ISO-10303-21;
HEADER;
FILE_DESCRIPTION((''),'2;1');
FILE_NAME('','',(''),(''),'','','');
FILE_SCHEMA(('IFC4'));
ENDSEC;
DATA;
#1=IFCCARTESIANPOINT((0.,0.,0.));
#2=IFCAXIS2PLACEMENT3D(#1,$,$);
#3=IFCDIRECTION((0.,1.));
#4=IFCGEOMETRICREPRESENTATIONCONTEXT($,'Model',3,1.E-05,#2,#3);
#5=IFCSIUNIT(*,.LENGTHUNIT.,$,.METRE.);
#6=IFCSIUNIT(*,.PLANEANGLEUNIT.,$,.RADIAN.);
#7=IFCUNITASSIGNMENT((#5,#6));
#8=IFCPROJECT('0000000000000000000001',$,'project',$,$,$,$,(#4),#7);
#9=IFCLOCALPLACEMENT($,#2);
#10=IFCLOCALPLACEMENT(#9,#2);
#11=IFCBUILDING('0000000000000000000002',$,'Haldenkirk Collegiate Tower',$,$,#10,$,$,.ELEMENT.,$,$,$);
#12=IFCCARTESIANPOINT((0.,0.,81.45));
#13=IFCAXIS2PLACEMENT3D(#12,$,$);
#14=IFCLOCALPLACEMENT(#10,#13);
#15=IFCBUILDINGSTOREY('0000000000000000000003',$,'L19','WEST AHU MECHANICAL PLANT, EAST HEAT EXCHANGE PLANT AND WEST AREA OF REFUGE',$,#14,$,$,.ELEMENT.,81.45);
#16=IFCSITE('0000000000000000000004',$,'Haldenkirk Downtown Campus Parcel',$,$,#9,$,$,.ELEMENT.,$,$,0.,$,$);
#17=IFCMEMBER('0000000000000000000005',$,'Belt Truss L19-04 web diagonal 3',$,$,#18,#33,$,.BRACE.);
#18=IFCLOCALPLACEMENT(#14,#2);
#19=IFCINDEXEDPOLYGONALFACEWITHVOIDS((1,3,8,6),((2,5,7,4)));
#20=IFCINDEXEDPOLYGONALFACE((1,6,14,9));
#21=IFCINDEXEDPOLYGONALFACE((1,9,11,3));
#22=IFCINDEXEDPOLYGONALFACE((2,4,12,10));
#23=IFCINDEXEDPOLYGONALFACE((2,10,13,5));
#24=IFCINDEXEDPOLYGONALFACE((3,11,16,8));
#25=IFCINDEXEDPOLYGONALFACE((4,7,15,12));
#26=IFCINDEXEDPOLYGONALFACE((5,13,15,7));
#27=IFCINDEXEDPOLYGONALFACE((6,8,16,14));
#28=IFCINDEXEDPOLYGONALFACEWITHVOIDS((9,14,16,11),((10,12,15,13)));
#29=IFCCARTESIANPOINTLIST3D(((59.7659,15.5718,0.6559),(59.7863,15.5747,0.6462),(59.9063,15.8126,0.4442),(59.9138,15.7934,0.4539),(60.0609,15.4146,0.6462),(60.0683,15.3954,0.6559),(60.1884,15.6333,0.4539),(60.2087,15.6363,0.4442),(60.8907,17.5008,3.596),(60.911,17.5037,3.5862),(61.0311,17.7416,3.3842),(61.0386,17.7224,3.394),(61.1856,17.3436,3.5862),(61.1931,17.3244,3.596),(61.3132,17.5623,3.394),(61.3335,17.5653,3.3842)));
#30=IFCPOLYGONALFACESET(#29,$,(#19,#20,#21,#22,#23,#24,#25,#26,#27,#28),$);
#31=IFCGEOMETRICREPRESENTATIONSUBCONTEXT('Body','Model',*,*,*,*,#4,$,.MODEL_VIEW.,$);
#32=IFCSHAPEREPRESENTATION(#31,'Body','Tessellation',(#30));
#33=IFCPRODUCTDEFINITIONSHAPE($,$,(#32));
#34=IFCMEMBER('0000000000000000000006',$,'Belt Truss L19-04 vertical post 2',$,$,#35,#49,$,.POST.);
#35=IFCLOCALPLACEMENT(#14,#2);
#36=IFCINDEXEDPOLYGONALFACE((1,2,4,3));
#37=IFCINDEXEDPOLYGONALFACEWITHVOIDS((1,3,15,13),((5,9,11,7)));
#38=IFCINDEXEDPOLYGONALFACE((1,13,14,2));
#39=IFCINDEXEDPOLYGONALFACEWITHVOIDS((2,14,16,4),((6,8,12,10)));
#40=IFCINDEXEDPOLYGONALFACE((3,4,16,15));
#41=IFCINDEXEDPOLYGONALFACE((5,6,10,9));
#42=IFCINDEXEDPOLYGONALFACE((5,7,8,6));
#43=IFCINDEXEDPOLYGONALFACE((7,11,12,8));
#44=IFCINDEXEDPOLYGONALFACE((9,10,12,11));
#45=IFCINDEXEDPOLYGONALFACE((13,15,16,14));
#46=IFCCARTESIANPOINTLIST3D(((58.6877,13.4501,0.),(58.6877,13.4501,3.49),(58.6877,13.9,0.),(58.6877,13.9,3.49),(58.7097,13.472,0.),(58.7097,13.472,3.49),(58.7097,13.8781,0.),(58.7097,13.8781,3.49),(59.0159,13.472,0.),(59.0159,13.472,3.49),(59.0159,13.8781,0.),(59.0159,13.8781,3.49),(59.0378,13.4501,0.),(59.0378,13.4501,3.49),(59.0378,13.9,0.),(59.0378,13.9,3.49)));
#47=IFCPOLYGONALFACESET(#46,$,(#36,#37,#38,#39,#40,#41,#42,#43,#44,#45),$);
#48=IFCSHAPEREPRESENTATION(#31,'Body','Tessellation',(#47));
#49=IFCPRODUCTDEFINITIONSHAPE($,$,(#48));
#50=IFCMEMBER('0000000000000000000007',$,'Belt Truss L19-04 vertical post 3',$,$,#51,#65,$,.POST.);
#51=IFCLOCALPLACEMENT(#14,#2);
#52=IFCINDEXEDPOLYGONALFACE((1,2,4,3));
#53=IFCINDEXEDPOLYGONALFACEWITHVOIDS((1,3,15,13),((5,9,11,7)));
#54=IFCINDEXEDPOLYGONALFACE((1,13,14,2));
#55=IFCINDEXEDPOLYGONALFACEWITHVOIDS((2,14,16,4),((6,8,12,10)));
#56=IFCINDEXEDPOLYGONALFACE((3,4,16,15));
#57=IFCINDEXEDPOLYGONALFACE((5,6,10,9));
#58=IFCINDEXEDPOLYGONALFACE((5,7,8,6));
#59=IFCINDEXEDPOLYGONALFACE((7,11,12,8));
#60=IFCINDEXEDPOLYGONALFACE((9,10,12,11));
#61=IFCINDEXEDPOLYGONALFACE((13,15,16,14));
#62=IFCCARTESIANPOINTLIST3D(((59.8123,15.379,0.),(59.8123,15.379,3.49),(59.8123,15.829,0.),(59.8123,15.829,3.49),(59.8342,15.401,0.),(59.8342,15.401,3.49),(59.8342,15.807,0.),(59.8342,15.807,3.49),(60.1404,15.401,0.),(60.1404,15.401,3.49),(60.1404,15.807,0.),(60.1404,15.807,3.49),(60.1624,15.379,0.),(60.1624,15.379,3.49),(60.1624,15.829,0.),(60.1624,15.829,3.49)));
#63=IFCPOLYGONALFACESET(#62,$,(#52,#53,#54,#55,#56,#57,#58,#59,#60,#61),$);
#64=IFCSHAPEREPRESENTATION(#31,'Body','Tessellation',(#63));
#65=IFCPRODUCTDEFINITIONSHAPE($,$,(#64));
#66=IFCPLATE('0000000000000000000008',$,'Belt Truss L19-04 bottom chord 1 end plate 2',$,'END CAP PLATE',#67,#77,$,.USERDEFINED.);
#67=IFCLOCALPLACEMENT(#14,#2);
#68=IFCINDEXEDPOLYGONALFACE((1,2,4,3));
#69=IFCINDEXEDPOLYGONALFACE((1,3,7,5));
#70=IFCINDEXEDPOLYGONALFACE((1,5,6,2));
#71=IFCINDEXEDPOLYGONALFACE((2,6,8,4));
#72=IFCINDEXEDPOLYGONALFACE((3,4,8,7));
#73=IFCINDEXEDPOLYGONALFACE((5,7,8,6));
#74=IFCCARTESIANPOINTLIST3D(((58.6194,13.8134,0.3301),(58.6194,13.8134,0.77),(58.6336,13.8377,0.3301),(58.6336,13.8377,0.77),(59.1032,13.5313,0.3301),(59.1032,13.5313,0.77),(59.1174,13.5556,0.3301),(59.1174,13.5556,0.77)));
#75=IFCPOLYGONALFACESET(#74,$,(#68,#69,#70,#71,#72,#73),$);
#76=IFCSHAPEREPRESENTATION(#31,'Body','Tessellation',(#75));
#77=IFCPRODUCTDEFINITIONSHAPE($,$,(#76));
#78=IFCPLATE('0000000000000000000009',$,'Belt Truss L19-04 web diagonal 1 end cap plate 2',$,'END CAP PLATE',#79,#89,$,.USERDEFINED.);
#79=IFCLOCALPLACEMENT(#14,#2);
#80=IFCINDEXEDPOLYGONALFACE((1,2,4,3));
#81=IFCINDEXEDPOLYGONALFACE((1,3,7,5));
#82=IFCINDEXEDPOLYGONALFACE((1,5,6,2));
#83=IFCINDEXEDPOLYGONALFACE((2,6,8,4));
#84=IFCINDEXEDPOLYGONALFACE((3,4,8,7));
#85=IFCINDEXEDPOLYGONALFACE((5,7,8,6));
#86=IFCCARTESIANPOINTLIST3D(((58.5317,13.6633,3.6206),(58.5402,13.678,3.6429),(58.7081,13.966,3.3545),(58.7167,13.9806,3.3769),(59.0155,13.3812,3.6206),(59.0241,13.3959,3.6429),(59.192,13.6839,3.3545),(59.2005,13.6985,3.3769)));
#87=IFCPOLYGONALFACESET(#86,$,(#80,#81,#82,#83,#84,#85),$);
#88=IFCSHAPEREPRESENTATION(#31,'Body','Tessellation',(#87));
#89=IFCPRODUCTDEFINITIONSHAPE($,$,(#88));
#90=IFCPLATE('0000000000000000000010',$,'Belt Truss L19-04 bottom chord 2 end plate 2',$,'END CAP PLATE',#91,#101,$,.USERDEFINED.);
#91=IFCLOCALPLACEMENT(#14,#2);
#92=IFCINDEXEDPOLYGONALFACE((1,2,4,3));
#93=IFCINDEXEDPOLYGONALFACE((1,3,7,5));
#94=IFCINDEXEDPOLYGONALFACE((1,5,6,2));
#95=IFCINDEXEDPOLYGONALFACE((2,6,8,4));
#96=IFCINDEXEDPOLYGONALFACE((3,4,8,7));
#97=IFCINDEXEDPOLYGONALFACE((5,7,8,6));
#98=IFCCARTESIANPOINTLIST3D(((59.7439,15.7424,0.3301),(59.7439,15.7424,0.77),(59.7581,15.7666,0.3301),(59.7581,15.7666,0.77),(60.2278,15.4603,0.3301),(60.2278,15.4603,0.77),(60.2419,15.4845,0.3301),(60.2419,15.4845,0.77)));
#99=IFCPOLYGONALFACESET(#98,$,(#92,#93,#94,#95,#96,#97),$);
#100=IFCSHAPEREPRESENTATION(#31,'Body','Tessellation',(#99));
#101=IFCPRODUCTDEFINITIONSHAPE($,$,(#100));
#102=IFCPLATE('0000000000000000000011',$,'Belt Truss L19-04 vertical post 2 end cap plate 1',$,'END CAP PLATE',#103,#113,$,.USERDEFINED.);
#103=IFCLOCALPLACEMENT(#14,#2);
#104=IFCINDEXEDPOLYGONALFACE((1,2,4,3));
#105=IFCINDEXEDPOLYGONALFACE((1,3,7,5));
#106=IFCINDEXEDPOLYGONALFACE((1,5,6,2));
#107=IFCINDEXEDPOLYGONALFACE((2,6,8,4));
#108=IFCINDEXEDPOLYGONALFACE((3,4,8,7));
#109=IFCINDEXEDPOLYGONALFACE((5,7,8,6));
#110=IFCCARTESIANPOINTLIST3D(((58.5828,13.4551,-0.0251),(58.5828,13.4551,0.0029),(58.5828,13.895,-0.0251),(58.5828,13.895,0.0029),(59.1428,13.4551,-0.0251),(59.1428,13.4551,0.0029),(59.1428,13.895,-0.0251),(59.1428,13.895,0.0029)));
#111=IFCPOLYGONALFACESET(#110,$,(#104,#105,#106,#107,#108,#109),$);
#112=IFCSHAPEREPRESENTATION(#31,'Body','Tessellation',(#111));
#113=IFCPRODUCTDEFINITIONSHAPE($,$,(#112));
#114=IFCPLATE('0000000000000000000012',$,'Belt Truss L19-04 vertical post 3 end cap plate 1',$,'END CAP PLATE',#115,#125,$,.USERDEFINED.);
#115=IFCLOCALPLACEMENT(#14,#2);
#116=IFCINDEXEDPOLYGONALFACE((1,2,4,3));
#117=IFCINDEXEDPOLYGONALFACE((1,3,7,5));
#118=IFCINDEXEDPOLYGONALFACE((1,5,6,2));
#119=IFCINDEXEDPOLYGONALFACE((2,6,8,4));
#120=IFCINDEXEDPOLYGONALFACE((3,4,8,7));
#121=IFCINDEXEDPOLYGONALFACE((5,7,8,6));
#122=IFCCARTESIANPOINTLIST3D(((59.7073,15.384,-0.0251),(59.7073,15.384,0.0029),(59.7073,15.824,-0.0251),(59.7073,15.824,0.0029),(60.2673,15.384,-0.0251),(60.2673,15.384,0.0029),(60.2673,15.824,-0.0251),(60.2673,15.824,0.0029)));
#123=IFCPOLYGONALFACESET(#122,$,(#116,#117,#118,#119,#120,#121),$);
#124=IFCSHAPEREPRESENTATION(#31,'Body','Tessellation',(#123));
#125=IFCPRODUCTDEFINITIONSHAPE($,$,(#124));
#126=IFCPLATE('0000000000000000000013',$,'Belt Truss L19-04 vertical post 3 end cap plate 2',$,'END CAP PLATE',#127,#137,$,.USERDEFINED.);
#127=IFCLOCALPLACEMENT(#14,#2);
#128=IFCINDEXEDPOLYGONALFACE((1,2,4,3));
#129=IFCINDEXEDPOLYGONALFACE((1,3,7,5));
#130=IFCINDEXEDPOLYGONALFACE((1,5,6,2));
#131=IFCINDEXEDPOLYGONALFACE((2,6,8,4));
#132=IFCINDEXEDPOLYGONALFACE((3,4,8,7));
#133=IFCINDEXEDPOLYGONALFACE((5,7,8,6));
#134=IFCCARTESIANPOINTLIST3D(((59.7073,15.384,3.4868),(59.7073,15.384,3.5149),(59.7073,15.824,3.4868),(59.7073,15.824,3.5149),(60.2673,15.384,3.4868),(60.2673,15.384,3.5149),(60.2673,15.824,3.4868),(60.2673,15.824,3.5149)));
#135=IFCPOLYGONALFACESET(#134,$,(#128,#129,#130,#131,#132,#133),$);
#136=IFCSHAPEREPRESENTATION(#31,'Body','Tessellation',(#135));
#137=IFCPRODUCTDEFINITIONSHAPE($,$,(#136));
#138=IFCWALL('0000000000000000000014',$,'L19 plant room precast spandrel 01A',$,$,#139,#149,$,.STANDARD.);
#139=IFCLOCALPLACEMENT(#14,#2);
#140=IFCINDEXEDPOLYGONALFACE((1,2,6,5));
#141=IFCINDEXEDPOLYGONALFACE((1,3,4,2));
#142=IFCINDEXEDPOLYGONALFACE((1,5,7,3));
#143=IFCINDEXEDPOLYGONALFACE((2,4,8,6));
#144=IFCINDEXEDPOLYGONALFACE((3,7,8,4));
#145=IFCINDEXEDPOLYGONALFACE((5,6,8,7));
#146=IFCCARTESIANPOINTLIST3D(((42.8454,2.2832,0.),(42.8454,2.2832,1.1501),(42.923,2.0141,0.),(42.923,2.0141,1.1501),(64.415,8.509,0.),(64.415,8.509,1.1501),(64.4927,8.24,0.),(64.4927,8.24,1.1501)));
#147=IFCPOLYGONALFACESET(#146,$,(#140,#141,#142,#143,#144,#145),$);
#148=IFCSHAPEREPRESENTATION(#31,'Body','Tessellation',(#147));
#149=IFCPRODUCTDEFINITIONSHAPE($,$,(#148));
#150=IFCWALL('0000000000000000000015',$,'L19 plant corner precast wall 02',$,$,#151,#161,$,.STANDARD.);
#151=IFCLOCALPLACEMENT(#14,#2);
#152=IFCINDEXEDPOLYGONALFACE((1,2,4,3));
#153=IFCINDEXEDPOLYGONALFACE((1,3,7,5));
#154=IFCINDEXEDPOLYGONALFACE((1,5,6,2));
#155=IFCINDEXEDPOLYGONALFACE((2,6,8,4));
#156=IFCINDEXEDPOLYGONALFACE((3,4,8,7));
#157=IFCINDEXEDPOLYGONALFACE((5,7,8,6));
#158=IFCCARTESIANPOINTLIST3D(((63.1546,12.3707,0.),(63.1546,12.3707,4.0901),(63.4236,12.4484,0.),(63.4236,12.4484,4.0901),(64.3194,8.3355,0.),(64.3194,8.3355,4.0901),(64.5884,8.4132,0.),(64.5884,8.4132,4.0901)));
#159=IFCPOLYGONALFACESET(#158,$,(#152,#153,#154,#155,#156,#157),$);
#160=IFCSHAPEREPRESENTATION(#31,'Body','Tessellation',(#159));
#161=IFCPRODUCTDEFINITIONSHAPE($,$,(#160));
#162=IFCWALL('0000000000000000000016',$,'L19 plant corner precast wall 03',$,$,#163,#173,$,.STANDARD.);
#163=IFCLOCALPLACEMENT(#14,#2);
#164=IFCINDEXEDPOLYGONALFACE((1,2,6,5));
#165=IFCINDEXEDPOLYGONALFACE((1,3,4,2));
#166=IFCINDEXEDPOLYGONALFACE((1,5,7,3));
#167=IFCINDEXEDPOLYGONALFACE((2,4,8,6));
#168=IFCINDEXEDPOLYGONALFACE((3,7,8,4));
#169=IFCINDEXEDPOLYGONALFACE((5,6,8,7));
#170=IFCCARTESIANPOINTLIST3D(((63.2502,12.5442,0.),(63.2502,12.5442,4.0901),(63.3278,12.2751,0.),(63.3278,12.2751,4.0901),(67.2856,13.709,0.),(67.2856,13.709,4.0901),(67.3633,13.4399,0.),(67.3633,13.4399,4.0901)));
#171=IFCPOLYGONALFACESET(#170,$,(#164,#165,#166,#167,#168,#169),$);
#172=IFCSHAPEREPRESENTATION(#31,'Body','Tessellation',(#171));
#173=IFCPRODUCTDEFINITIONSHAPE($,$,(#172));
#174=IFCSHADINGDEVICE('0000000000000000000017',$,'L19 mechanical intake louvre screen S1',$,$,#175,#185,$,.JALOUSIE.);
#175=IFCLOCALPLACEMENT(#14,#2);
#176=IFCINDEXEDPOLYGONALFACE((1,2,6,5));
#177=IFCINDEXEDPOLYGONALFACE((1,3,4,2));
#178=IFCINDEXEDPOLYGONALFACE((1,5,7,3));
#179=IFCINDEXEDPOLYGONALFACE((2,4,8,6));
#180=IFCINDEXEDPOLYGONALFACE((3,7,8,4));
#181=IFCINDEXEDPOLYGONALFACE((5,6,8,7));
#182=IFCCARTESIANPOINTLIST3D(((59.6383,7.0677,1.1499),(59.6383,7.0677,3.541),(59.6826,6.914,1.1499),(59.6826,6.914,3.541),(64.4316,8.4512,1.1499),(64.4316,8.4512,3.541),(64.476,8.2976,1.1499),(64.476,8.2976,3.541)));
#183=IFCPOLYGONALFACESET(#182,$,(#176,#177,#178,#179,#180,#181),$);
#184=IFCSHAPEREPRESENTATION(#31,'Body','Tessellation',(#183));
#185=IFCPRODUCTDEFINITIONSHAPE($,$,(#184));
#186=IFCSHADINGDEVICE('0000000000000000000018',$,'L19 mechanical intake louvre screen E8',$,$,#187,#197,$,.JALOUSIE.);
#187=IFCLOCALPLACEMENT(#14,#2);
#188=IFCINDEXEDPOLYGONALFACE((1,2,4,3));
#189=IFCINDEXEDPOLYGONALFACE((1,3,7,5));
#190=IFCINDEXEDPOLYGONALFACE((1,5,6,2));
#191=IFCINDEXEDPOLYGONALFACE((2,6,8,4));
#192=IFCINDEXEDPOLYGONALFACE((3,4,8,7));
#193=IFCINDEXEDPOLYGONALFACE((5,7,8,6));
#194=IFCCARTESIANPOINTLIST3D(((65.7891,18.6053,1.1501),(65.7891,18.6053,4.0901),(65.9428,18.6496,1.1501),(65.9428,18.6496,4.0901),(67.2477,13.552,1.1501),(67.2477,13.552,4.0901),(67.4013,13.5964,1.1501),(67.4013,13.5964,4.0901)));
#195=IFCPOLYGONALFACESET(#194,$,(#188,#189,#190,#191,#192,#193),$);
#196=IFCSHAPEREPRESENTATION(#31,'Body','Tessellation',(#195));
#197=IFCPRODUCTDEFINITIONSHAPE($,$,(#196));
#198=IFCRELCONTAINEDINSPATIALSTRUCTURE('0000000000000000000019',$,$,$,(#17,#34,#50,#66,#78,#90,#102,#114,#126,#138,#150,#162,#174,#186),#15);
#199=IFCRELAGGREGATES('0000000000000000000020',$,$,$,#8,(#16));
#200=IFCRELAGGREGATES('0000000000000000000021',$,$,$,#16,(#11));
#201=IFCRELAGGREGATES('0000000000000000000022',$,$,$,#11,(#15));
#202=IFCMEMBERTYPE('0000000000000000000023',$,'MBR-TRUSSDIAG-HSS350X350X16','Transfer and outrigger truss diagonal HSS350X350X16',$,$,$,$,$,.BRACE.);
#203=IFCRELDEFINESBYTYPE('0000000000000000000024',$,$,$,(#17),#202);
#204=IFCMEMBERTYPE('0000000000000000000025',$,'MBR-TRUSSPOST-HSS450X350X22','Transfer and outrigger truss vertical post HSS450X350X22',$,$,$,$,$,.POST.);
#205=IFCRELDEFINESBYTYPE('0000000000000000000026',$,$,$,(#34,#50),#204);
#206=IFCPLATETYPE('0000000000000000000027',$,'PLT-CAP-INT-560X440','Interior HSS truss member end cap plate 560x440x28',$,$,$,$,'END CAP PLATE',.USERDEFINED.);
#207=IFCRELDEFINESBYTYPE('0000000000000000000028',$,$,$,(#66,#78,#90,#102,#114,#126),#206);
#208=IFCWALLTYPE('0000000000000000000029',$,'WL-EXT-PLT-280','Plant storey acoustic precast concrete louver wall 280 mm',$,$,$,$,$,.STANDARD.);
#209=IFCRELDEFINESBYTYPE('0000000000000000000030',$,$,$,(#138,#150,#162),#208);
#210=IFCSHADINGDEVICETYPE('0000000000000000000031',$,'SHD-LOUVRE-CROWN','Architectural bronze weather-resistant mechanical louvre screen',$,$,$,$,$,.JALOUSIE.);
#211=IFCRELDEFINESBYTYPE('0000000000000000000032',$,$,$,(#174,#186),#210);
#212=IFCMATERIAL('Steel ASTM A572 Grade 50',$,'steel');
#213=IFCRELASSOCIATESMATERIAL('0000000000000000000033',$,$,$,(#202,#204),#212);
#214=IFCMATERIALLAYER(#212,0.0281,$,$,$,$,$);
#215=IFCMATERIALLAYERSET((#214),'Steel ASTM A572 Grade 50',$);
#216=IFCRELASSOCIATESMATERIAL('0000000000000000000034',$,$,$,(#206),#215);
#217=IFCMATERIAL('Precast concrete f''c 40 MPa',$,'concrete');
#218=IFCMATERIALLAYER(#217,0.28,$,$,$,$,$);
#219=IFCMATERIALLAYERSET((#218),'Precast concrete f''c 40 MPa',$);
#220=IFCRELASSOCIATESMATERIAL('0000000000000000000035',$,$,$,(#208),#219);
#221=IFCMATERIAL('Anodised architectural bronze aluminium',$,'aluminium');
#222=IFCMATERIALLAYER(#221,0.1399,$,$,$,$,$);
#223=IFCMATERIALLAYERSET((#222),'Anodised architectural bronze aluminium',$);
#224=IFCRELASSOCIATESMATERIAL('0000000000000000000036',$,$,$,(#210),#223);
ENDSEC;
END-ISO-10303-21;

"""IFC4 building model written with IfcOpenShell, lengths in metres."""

from ifc_helpers import new_model, si_unit, direction, frame, frame_2d, origin, origin_2d, place, context, subcontext, project, spatial, rectangle, hollow_rectangle, extrude, source, transform, mapped, material, layer, layer_set, material_profile, profile_set, type_object, element, save


model = new_model("IFC4")

# Units and contexts
model_context = context("Model", 3, precision=1e-05, world=origin(), true_north=direction((0.0, 1.0)))
body_context = subcontext(model_context, "Body", "Model", "MODEL_VIEW")
ifc_project = project(units=[si_unit("LENGTHUNIT", "METRE"), si_unit("PLANEANGLEUNIT", "RADIAN")], contexts=[model_context])

# Site, building, storey
site_placement = place(None, origin())
site = spatial("IfcSite", under=ifc_project, at=site_placement, Name="Haldenkirk Downtown Campus Parcel", CompositionType="ELEMENT", RefElevation=0.0)
building_placement = place(site_placement, origin())
building = spatial("IfcBuilding", under=site, at=building_placement, Name="Haldenkirk Collegiate Tower", CompositionType="ELEMENT")
storey_placement = place(building_placement, frame((0.0, 0.0, 81.45)))
storey = spatial("IfcBuildingStorey", under=building, at=storey_placement, Name="L19", Description="WEST AHU MECHANICAL PLANT, EAST HEAT EXCHANGE PLANT AND WEST AREA OF REFUGE", CompositionType="ELEMENT", Elevation=81.45)

# Shared definitions
ifc_material_1 = material(Name="Steel ASTM A572 Grade 50", Category="steel")

# Members
ifc_material_profile_1 = material_profile(ifc_material_1, hollow_rectangle(XDim=0.3501, YDim=0.3501, WallThickness=0.0161, at=origin_2d()), Name="HSS350X350X16")
ifc_profile_set_1 = profile_set([ifc_material_profile_1], Name="Steel ASTM A572 Grade 50")
member_type_1 = type_object("IfcMemberType", Name="MBR-TRUSSDIAG-HSS350X350X16", Description="Transfer and outrigger truss diagonal HSS350X350X16", PredefinedType="BRACE", material=ifc_profile_set_1)
member_placement = place(storey_placement, frame((59.9873, 15.604, 0.55), z_axis=(0.304665, 0.522501, 0.796349), x_axis=(-0.86387, 0.503715, 0.0)))
element("IfcMember", 1, at=member_placement, inside=storey, type_object=member_type_1, Name="Belt Truss L19-04 web diagonal 3", PredefinedType="BRACE", context=body_context, shape_type="SweptSolid", body=[
    extrude(hollow_rectangle(XDim=0.3501, YDim=0.3501, WallThickness=0.0161, at=origin_2d()), origin(), (0.0, 0.0, 1.0), 3.6919),
])
ifc_material_profile_2 = material_profile(ifc_material_1, hollow_rectangle(XDim=0.3501, YDim=0.45, WallThickness=0.022, at=origin_2d()), Name="HSS450X350X22")
ifc_profile_set_2 = profile_set([ifc_material_profile_2], Name="Steel ASTM A572 Grade 50")
member_type_2 = type_object("IfcMemberType", Name="MBR-TRUSSPOST-HSS450X350X22", Description="Transfer and outrigger truss vertical post HSS450X350X22", PredefinedType="POST", material=ifc_profile_set_2)
for number, where, z_axis, x_axis, name in (
    (2, (58.8628, 13.675, 0.0), (0.0, 0.0, 1.0), (1.0, 0.0, 0.0), "Belt Truss L19-04 vertical post 2"),
    (3, (59.9873, 15.604, 0.0), (0.0, 0.0, 1.0), (1.0, 0.0, 0.0), "Belt Truss L19-04 vertical post 3"),
):
    element("IfcMember", number, at=place(storey_placement, frame(where, z_axis=z_axis, x_axis=x_axis)), inside=storey, type_object=member_type_2, Name=name, PredefinedType="POST", context=body_context, shape_type="SweptSolid", body=[
        extrude(hollow_rectangle(XDim=0.3501, YDim=0.45, WallThickness=0.022, at=origin_2d()), origin(), (0.0, 0.0, 1.0), 3.49),
    ])

# Plates
ifc_layer_1 = layer(ifc_material_1, 0.0281)
ifc_layer_set_1 = layer_set([ifc_layer_1], Name="Steel ASTM A572 Grade 50")
plate_type = type_object("IfcPlateType", Name="PLT-CAP-INT-560X440", Description="Interior HSS truss member end cap plate 560x440x28", ElementType="END CAP PLATE", PredefinedType="USERDEFINED", material=ifc_layer_set_1)
shared_shape_1 = source(origin(), body_context, "Body", "SweptSolid", [
    extrude(rectangle(XDim=0.5601, YDim=0.4399, at=origin_2d()), origin(), (0.0, 0.0, 1.0), 0.0281),
])
for number, where, z_axis, x_axis, name in (
    (4, (58.8613, 13.6724, 0.55), (0.503673, 0.863894, 0.0), (-0.863894, 0.503673, 0.0), "Belt Truss L19-04 bottom chord 1 end plate 2"),
    (5, (58.8618, 13.6736, 3.4875), (0.304626, 0.52249, 0.796371), (-0.863894, 0.503673, 0.0), "Belt Truss L19-04 web diagonal 1 end cap plate 2"),
    (6, (59.9858, 15.6013, 0.55), (0.503673, 0.863894, 0.0), (-0.863894, 0.503673, 0.0), "Belt Truss L19-04 bottom chord 2 end plate 2"),
    (7, (58.8628, 13.675, 0.0029), (0.0, 0.0, -1.0), (1.0, 0.0, 0.0), "Belt Truss L19-04 vertical post 2 end cap plate 1"),
    (8, (59.9873, 15.604, 0.0029), (0.0, 0.0, -1.0), (1.0, 0.0, 0.0), "Belt Truss L19-04 vertical post 3 end cap plate 1"),
    (9, (59.9873, 15.604, 3.4868), (0.0, 0.0, 1.0), (1.0, 0.0, 0.0), "Belt Truss L19-04 vertical post 3 end cap plate 2"),
):
    element("IfcPlate", number, at=place(storey_placement, frame(where, z_axis=z_axis, x_axis=x_axis)), inside=storey, type_object=plate_type, Name=name, ObjectType="END CAP PLATE", PredefinedType="USERDEFINED", context=body_context, shape_type="MappedRepresentation", body=[
        mapped(shared_shape_1, transform((0.0, 0.0, 0.0), x_axis=(1.0, 0.0, 0.0), y_axis=(0.0, 1.0, 0.0), z_axis=(0.0, 0.0, 1.0), scale=1.0)),
    ])

# Walls
ifc_material_2 = material(Name="Precast concrete f'c 40 MPa", Category="concrete")
ifc_layer_2 = layer(ifc_material_2, 0.28)
ifc_layer_set_2 = layer_set([ifc_layer_2], Name="Precast concrete f'c 40 MPa")
wall_type = type_object("IfcWallType", Name="WL-EXT-PLT-280", Description="Plant storey acoustic precast concrete louver wall 280 mm", PredefinedType="STANDARD", material=ifc_layer_set_2)
wall_1_placement = place(storey_placement, frame((64.4539, 8.3745, 0.0), z_axis=(0.0, 0.0, 1.0), x_axis=(-0.960778, -0.277318, 0.0)))
element("IfcWall", 10, at=wall_1_placement, inside=storey, type_object=wall_type, Name="L19 plant room precast spandrel 01A", PredefinedType="STANDARD", context=body_context, shape_type="SweptSolid", body=[
    extrude(rectangle(XDim=22.4502, YDim=0.28, at=frame_2d((11.2251, 0.0))), origin(), (0.0, 0.0, 1.0), 1.1501),
])
wall_2_placement = place(storey_placement, frame((63.2891, 12.4097, 0.0), z_axis=(0.0, 0.0, 1.0), x_axis=(0.277338, -0.960772, 0.0)))
element("IfcWall", 11, at=wall_2_placement, inside=storey, type_object=wall_type, Name="L19 plant corner precast wall 02", PredefinedType="STANDARD", context=body_context, shape_type="SweptSolid", body=[
    extrude(rectangle(XDim=4.2, YDim=0.28, at=frame_2d((2.1001, 0.0))), origin(), (0.0, 0.0, 1.0), 4.0901),
])
wall_3_placement = place(storey_placement, frame((67.3245, 13.5745, 0.0), z_axis=(0.0, 0.0, 1.0), x_axis=(-0.960777, -0.277323, 0.0)))
element("IfcWall", 12, at=wall_3_placement, inside=storey, type_object=wall_type, Name="L19 plant corner precast wall 03", PredefinedType="STANDARD", context=body_context, shape_type="SweptSolid", body=[
    extrude(rectangle(XDim=4.2002, YDim=0.28, at=frame_2d((2.1001, 0.0))), origin(), (0.0, 0.0, 1.0), 4.0901),
])

# Shading devices
ifc_material_3 = material(Name="Anodised architectural bronze aluminium", Category="aluminium")
ifc_layer_3 = layer(ifc_material_3, 0.1399)
ifc_layer_set_3 = layer_set([ifc_layer_3], Name="Anodised architectural bronze aluminium")
shading_device_type = type_object("IfcShadingDeviceType", Name="SHD-LOUVRE-CROWN", Description="Architectural bronze weather-resistant mechanical louvre screen", PredefinedType="JALOUSIE", material=ifc_layer_set_3)
shared_shape_2 = source(origin(), body_context, "Body", "SweptSolid", [
    extrude(rectangle(XDim=4.989, YDim=0.1599, at=origin_2d()), origin(), (0.0, 0.0, 1.0), 2.3911),
])
shading_device_1_placement = place(storey_placement, frame((62.0571, 7.6826, 1.1499), z_axis=(0.0, 0.0, 1.0), x_axis=(-0.960779, -0.277315, 0.0)))
element("IfcShadingDevice", 13, at=shading_device_1_placement, inside=storey, type_object=shading_device_type, Name="L19 mechanical intake louvre screen S1", PredefinedType="JALOUSIE", context=body_context, shape_type="MappedRepresentation", body=[
    mapped(shared_shape_2, transform((0.0, 0.0, 0.0), x_axis=(1.0, 0.0, 0.0), y_axis=(0.0, 1.0, 0.0), z_axis=(0.0, 0.0, 1.0), scale=1.0)),
])
shared_shape_3 = source(origin(), body_context, "Body", "SweptSolid", [
    extrude(rectangle(XDim=5.2595, YDim=0.1599, at=origin_2d()), origin(), (0.0, 0.0, 1.0), 2.9399),
])
shading_device_2_placement = place(storey_placement, frame((66.5952, 16.1008, 1.1501), z_axis=(0.0, 0.0, 1.0), x_axis=(0.277315, -0.960779, 0.0)))
element("IfcShadingDevice", 14, at=shading_device_2_placement, inside=storey, type_object=shading_device_type, Name="L19 mechanical intake louvre screen E8", PredefinedType="JALOUSIE", context=body_context, shape_type="MappedRepresentation", body=[
    mapped(shared_shape_3, transform((0.0, 0.0, 0.0), x_axis=(1.0, 0.0, 0.0), y_axis=(0.0, 1.0, 0.0), z_axis=(0.0, 0.0, 1.0), scale=1.0)),
])

save(model, "model.ifc")
